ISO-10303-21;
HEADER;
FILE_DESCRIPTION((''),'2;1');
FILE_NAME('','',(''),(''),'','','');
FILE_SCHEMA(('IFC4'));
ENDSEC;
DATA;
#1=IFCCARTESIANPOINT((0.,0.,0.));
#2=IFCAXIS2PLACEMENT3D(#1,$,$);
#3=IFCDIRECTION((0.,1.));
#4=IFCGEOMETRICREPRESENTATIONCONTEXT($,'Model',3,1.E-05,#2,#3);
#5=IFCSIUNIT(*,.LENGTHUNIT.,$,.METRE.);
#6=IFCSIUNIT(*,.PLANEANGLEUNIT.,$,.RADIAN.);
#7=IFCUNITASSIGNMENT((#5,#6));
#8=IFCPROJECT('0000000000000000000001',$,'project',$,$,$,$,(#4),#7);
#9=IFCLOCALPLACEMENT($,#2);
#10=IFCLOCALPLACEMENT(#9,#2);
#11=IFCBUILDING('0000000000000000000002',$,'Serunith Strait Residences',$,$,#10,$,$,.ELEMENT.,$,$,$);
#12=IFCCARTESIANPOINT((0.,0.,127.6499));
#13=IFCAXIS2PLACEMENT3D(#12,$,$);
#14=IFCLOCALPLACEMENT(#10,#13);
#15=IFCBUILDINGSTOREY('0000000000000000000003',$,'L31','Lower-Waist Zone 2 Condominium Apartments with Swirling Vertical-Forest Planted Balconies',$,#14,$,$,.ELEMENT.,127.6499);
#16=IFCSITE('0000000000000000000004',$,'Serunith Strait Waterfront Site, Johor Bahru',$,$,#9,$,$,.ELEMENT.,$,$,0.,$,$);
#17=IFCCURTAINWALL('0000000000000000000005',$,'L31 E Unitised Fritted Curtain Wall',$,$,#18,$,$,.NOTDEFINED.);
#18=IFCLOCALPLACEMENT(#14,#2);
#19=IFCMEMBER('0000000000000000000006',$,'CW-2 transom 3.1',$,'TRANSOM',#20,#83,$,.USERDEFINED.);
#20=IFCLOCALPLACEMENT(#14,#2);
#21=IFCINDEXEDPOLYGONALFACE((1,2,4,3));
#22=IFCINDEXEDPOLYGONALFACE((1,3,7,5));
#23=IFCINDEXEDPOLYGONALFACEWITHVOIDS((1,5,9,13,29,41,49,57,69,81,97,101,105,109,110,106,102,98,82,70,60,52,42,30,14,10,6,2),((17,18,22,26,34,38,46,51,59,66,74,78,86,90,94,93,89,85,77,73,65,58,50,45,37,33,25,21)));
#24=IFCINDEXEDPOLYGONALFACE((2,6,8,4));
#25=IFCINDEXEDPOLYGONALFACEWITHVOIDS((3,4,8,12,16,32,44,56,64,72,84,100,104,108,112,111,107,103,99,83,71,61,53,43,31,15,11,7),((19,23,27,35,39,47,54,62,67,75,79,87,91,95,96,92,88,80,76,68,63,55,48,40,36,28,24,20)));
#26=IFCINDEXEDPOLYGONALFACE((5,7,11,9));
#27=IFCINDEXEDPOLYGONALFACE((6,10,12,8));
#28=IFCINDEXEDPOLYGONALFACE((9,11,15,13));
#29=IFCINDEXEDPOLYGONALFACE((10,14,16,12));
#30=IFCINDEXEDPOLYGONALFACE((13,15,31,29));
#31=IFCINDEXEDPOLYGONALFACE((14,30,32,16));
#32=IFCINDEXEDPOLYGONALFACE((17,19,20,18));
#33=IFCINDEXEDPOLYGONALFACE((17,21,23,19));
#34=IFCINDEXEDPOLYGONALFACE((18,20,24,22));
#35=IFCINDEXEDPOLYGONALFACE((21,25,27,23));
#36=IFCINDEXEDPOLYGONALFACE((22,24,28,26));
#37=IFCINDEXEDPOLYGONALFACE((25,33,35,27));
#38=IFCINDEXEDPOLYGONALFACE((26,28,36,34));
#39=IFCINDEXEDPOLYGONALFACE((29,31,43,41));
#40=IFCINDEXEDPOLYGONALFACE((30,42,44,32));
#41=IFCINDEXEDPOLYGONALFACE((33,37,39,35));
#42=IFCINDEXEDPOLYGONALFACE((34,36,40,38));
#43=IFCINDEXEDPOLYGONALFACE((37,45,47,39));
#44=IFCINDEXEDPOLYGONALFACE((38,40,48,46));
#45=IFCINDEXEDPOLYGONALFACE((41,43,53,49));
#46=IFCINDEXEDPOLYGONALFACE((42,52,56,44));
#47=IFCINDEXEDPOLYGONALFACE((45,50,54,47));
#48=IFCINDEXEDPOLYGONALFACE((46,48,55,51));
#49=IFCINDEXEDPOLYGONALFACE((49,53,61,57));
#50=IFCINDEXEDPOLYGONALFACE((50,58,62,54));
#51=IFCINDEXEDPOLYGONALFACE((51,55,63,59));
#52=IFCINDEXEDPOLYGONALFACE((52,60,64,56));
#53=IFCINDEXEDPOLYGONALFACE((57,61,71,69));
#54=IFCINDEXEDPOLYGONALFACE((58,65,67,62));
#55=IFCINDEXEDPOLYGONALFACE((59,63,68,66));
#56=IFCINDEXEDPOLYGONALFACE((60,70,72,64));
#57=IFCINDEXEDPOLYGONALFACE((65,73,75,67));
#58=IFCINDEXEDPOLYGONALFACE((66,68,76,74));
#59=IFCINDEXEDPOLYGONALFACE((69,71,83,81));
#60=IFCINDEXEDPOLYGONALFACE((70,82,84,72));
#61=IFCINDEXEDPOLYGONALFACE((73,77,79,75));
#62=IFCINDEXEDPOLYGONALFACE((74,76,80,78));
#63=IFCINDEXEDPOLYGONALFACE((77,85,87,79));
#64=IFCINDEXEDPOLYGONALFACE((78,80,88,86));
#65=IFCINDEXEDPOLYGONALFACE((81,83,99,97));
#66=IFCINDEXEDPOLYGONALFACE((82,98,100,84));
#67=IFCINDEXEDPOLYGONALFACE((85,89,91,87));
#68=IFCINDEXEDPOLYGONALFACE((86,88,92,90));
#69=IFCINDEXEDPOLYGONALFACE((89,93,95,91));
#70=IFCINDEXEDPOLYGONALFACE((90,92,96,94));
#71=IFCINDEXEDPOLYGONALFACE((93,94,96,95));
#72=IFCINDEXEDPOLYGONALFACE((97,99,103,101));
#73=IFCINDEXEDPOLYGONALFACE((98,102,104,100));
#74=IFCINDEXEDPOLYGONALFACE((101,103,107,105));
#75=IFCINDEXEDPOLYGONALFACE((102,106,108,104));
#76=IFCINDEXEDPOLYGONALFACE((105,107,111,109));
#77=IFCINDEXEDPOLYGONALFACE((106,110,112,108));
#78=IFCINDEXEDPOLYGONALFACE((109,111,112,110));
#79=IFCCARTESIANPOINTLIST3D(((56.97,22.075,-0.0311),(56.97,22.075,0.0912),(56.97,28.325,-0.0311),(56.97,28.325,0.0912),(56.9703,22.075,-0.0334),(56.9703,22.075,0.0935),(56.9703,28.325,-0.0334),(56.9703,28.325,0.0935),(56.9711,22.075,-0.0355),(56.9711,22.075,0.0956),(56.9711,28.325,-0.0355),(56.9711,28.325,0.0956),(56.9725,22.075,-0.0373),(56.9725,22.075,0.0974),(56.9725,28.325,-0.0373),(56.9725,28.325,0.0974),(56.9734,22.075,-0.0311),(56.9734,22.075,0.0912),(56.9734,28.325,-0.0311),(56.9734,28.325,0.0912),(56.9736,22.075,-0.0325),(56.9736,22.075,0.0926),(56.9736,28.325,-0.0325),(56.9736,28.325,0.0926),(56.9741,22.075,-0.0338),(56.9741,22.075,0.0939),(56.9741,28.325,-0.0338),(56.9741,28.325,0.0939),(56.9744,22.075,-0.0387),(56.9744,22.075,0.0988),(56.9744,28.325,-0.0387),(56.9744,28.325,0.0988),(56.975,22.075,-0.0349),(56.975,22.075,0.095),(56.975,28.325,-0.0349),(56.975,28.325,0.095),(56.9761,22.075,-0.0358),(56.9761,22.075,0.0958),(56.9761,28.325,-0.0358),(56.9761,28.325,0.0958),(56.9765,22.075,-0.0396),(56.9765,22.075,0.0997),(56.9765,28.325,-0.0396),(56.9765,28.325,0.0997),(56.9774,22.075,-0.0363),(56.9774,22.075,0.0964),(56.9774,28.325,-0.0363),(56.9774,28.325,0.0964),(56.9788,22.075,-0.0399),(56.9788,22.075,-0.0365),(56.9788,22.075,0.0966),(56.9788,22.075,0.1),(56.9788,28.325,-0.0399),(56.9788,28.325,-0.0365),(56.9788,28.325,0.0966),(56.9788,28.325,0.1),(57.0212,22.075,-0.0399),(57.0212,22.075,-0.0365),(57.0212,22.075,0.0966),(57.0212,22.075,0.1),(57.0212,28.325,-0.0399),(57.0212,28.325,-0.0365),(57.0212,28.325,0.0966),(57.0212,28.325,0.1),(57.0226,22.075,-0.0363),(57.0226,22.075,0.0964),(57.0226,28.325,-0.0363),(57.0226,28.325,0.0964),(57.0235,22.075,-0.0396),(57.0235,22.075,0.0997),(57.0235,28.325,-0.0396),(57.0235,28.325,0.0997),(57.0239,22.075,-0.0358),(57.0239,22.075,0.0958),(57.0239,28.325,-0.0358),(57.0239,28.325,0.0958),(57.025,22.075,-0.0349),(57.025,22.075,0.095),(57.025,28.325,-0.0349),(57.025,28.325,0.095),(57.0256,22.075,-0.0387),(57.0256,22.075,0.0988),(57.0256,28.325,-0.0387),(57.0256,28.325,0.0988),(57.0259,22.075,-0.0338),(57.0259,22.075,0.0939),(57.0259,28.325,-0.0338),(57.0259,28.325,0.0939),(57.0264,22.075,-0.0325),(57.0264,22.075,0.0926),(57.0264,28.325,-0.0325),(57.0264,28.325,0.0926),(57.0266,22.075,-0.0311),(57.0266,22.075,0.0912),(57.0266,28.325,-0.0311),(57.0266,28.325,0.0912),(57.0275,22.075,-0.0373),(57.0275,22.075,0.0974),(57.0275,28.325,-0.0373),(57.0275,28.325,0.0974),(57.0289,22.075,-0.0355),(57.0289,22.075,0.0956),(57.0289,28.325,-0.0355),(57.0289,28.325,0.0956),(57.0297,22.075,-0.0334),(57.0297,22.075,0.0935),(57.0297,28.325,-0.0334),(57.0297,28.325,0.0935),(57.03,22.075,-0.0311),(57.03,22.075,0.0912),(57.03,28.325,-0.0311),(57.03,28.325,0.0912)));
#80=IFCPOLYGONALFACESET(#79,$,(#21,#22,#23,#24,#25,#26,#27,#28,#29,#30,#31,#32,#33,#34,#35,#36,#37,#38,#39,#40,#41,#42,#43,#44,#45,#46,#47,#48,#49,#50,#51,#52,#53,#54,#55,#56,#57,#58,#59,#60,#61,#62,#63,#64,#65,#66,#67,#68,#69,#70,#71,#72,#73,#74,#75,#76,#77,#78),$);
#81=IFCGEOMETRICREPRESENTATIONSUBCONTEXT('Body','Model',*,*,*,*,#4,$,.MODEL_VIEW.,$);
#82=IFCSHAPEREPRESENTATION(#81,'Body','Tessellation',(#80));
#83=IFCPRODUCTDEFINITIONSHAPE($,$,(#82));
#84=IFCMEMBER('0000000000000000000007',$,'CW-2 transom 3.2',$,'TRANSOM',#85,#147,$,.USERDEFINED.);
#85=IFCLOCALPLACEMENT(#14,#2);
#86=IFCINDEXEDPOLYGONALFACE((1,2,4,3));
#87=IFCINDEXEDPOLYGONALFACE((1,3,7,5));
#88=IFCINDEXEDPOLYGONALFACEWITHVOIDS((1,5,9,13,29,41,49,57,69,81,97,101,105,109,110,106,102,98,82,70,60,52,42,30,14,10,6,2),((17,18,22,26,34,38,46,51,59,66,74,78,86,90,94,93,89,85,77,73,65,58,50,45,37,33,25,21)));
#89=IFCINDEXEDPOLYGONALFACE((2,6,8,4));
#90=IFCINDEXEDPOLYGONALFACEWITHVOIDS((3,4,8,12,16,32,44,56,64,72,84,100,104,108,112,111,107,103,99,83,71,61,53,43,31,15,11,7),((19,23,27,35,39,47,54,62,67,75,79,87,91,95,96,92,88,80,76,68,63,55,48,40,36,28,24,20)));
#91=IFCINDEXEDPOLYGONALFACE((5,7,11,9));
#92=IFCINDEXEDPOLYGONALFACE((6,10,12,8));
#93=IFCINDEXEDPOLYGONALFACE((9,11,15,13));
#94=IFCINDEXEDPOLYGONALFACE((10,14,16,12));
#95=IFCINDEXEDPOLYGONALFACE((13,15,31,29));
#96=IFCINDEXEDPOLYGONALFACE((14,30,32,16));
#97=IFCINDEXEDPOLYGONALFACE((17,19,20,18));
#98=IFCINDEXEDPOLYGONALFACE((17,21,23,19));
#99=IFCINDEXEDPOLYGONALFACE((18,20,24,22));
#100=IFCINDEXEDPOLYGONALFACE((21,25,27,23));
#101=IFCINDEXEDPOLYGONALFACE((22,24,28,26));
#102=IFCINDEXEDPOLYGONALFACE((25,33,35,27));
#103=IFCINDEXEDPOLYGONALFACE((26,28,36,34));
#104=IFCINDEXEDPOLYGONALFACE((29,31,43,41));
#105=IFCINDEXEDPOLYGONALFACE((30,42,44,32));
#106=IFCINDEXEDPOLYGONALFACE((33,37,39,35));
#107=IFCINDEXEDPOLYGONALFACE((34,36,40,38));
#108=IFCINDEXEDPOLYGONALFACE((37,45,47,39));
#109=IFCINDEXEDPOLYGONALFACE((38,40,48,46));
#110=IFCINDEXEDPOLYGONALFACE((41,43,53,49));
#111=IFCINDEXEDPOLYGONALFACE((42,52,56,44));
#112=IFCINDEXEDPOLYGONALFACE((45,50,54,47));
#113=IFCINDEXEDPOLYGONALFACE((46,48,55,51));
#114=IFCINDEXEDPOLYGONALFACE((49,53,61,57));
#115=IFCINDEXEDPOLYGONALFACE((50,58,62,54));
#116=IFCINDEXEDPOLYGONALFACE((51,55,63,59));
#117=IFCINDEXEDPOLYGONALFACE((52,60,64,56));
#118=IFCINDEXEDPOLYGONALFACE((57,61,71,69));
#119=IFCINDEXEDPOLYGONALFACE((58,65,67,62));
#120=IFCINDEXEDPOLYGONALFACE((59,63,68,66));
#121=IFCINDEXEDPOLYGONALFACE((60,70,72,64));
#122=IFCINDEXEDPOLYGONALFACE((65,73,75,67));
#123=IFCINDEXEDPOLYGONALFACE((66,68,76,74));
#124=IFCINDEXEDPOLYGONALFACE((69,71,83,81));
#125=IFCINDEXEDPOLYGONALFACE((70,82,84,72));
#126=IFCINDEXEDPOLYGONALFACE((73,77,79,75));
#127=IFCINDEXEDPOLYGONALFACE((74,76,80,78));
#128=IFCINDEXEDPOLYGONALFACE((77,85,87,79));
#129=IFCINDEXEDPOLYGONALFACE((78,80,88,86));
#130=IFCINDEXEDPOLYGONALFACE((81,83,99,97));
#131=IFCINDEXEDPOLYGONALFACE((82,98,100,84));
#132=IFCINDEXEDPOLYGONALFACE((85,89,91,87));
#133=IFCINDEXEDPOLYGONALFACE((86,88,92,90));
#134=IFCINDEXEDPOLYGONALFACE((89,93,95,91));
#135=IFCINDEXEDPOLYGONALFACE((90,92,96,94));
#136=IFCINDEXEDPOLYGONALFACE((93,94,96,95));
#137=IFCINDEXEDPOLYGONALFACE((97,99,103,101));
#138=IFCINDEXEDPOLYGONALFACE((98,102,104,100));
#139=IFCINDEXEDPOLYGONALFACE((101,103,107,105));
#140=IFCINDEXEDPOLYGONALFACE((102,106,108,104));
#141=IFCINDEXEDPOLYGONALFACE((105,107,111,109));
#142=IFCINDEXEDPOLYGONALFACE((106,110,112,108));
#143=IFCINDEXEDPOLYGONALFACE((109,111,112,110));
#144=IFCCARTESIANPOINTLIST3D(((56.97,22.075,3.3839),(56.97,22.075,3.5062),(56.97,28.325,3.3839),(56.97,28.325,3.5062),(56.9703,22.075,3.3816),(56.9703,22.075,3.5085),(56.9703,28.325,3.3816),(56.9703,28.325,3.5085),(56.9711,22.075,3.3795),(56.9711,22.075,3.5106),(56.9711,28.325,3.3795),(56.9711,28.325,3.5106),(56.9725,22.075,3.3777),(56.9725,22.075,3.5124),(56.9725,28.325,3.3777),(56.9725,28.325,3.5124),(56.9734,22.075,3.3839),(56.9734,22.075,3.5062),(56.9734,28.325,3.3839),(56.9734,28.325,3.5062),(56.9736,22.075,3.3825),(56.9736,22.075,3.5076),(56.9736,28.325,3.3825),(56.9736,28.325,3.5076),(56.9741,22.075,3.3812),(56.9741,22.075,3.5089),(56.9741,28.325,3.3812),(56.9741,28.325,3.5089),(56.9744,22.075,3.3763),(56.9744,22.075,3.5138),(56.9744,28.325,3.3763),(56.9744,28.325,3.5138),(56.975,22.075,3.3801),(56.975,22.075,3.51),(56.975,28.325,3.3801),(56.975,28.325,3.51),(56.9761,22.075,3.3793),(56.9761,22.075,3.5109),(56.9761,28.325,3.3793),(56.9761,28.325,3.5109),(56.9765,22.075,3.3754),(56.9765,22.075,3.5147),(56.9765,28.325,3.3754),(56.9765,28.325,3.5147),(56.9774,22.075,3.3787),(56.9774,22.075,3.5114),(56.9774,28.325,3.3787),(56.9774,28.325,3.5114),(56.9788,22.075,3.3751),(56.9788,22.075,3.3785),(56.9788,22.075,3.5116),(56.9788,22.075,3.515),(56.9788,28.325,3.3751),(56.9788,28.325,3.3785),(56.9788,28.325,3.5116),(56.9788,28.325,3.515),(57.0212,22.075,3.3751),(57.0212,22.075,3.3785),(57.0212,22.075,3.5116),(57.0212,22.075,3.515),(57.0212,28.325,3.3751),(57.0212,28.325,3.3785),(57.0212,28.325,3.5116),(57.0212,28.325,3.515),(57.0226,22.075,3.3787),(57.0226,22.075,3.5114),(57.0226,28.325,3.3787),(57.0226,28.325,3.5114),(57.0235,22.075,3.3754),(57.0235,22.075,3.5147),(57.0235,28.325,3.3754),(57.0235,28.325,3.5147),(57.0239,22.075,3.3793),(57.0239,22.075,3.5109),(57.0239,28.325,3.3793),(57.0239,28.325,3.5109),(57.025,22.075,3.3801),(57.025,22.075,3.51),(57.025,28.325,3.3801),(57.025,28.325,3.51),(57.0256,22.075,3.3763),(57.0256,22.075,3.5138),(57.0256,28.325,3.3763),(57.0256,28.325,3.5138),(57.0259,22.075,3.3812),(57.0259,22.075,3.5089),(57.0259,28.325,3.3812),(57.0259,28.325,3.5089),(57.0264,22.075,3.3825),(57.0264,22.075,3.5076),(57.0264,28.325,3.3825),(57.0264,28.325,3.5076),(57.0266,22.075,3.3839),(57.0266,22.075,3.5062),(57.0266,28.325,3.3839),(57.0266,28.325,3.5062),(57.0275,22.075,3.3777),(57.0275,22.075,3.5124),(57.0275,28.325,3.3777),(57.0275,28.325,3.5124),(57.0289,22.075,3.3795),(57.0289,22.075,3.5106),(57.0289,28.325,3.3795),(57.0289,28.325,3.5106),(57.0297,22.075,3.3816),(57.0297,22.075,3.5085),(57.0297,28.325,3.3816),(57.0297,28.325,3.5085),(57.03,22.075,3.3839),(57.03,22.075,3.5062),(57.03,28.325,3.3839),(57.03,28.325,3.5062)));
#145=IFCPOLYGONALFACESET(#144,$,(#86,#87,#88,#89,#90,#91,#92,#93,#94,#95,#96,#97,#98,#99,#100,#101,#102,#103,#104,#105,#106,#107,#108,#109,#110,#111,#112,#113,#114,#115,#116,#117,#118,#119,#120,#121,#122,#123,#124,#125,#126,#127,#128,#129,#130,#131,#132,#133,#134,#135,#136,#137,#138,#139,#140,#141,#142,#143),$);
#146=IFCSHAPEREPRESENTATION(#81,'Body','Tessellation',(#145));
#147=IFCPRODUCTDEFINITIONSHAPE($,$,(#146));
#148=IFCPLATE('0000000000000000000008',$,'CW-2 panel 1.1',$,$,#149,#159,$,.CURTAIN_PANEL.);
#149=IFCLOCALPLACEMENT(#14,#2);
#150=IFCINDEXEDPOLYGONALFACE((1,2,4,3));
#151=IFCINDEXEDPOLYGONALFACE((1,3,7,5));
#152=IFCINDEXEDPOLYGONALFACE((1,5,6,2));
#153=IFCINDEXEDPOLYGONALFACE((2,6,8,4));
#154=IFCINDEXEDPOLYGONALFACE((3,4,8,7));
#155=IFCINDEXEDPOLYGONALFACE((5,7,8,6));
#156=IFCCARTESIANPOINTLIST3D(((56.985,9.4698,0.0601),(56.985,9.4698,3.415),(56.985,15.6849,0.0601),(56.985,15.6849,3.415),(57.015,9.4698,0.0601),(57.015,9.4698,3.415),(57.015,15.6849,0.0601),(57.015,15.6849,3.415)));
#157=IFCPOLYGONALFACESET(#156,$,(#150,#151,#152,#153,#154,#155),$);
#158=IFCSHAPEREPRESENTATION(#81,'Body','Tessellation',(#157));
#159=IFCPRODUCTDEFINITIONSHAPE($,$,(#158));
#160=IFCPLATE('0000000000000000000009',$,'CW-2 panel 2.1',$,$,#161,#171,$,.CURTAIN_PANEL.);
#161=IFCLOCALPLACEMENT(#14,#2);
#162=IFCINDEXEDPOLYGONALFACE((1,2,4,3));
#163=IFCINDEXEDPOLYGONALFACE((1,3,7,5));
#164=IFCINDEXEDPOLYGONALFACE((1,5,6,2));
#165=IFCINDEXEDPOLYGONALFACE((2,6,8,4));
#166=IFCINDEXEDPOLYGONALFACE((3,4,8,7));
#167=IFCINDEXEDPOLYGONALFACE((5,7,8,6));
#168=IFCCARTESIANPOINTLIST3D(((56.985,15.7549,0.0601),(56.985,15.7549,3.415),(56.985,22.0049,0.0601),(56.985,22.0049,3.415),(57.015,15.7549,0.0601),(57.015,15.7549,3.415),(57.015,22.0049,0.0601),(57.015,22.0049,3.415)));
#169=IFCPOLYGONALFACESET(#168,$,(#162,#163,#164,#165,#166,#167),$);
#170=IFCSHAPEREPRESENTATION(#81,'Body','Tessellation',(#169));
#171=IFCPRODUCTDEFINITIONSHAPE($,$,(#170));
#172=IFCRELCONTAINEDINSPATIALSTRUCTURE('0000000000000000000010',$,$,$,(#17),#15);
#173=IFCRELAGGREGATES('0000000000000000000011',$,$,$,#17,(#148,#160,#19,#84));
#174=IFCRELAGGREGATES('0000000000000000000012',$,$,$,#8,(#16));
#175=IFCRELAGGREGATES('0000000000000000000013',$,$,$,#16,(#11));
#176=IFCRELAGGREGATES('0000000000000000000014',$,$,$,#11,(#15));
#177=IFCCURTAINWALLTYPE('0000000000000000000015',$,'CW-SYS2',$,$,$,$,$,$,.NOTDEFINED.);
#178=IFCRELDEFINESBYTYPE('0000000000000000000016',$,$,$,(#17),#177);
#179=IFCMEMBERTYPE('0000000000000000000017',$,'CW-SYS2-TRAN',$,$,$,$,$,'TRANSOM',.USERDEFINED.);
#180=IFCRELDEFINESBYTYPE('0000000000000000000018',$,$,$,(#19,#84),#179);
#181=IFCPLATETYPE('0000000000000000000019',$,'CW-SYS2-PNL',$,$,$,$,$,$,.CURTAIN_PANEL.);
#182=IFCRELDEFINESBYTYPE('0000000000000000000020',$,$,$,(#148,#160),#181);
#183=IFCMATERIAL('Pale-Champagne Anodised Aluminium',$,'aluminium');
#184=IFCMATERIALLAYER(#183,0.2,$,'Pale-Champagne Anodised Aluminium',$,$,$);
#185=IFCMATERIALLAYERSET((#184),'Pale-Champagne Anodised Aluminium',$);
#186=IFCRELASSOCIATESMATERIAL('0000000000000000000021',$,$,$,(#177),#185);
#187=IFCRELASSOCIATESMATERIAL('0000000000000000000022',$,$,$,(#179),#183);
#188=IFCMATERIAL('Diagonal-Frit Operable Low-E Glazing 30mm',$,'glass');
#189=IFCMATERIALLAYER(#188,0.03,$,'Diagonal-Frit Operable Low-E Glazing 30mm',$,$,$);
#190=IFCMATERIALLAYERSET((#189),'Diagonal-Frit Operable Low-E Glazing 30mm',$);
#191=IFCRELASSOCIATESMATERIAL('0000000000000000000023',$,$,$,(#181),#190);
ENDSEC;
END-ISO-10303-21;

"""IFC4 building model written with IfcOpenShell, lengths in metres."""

from ifc_helpers import new_model, si_unit, direction, frame, origin, origin_2d, place, context, subcontext, project, spatial, rectangle, hollow_rectangle, extrude, source, transform, mapped, material, layer, layer_set, material_profile, profile_set, type_object, element, aggregate, save


model = new_model("IFC4")

# Units and contexts
model_context = context("Model", 3, precision=1e-05, world=origin(), true_north=direction((0.0, 1.0)))
body_context = subcontext(model_context, "Body", "Model", "MODEL_VIEW")
ifc_project = project(units=[si_unit("LENGTHUNIT", "METRE"), si_unit("PLANEANGLEUNIT", "RADIAN")], contexts=[model_context])

# Site, building, storey
site_placement = place(None, origin())
site = spatial("IfcSite", under=ifc_project, at=site_placement, Name="Serunith Strait Waterfront Site, Johor Bahru", CompositionType="ELEMENT", RefElevation=0.0)
building_placement = place(site_placement, origin())
building = spatial("IfcBuilding", under=site, at=building_placement, Name="Serunith Strait Residences", CompositionType="ELEMENT")
storey_placement = place(building_placement, frame((0.0, 0.0, 127.6499)))
storey = spatial("IfcBuildingStorey", under=building, at=storey_placement, Name="L31", Description="Lower-Waist Zone 2 Condominium Apartments with Swirling Vertical-Forest Planted Balconies", CompositionType="ELEMENT", Elevation=127.6499)

# Curtain wall, members, plates
ifc_material_1 = material(Name="Pale-Champagne Anodised Aluminium", Category="aluminium")
ifc_layer_1 = layer(ifc_material_1, 0.2, Name="Pale-Champagne Anodised Aluminium")
ifc_layer_set_1 = layer_set([ifc_layer_1], Name="Pale-Champagne Anodised Aluminium")
curtain_wall_type = type_object("IfcCurtainWallType", Name="CW-SYS2", PredefinedType="NOTDEFINED", material=ifc_layer_set_1)
curtain_wall_placement = place(storey_placement, origin())
curtain_wall = element("IfcCurtainWall", 1, at=curtain_wall_placement, inside=storey, type_object=curtain_wall_type, Name="L31 E Unitised Fritted Curtain Wall", PredefinedType="NOTDEFINED")
ifc_material_profile_1 = material_profile(ifc_material_1, hollow_rectangle(XDim=0.0601, YDim=0.1399, WallThickness=0.0034, InnerFilletRadius=0.0054, OuterFilletRadius=0.0088, at=origin_2d()), Name="ALU 140x60x3.5")
ifc_profile_set_1 = profile_set([ifc_material_profile_1], Name="Pale-Champagne Anodised Aluminium")
member_type_1 = type_object("IfcMemberType", Name="CW-SYS2-TRAN", ElementType="TRANSOM", PredefinedType="USERDEFINED", material=ifc_profile_set_1)
shared_shape_1 = source(origin(), body_context, "Body", "SweptSolid", [
    extrude(hollow_rectangle(XDim=0.0601, YDim=0.1399, WallThickness=0.0034, InnerFilletRadius=0.0054, OuterFilletRadius=0.0088, at=origin_2d()), origin(), (0.0, 0.0, 1.0), 6.25),
])
member_1_placement = place(storey_placement, frame((57.0, 22.075, 0.03), z_axis=(0.0, 1.0, 0.0), x_axis=(-1.0, 0.0, 0.0)))
member_1 = element("IfcMember", 2, at=member_1_placement, type_object=member_type_1, Name="CW-2 transom 3.1", ObjectType="TRANSOM", PredefinedType="USERDEFINED", context=body_context, shape_type="MappedRepresentation", body=[
    mapped(shared_shape_1, transform((0.0, 0.0, 0.0), scale=1.0)),
])
member_2_placement = place(storey_placement, frame((57.0, 22.075, 3.4451), z_axis=(0.0, 1.0, 0.0), x_axis=(-1.0, 0.0, 0.0)))
member_2 = element("IfcMember", 3, at=member_2_placement, type_object=member_type_1, Name="CW-2 transom 3.2", ObjectType="TRANSOM", PredefinedType="USERDEFINED", context=body_context, shape_type="MappedRepresentation", body=[
    mapped(shared_shape_1, transform((0.0, 0.0, 0.0), scale=1.0)),
])
ifc_material_2 = material(Name="Diagonal-Frit Operable Low-E Glazing 30mm", Category="glass")
ifc_layer_2 = layer(ifc_material_2, 0.03, Name="Diagonal-Frit Operable Low-E Glazing 30mm")
ifc_layer_set_2 = layer_set([ifc_layer_2], Name="Diagonal-Frit Operable Low-E Glazing 30mm")
plate_type = type_object("IfcPlateType", Name="CW-SYS2-PNL", PredefinedType="CURTAIN_PANEL", material=ifc_layer_set_2)
shared_shape_2 = source(origin(), body_context, "Body", "SweptSolid", [
    extrude(rectangle(XDim=6.2151, YDim=0.03, at=origin_2d()), origin(), (0.0, 0.0, 1.0), 3.355),
])
plate_1_placement = place(storey_placement, frame((57.0, 12.5774, 0.0601), z_axis=(0.0, 0.0, 1.0), x_axis=(0.0, 1.0, 0.0)))
plate_1 = element("IfcPlate", 4, at=plate_1_placement, type_object=plate_type, Name="CW-2 panel 1.1", PredefinedType="CURTAIN_PANEL", context=body_context, shape_type="MappedRepresentation", body=[
    mapped(shared_shape_2, transform((0.0, 0.0, 0.0), scale=1.0)),
])
shared_shape_3 = source(origin(), body_context, "Body", "SweptSolid", [
    extrude(rectangle(XDim=6.25, YDim=0.03, at=origin_2d()), origin(), (0.0, 0.0, 1.0), 3.355),
])
plate_2_placement = place(storey_placement, frame((57.0, 18.8799, 0.0601), z_axis=(0.0, 0.0, 1.0), x_axis=(0.0, 1.0, 0.0)))
plate_2 = element("IfcPlate", 5, at=plate_2_placement, type_object=plate_type, Name="CW-2 panel 2.1", PredefinedType="CURTAIN_PANEL", context=body_context, shape_type="MappedRepresentation", body=[
    mapped(shared_shape_3, transform((0.0, 0.0, 0.0), scale=1.0)),
])
aggregate(curtain_wall, [plate_1, plate_2, member_1, member_2])

save(model, "model.ifc")
